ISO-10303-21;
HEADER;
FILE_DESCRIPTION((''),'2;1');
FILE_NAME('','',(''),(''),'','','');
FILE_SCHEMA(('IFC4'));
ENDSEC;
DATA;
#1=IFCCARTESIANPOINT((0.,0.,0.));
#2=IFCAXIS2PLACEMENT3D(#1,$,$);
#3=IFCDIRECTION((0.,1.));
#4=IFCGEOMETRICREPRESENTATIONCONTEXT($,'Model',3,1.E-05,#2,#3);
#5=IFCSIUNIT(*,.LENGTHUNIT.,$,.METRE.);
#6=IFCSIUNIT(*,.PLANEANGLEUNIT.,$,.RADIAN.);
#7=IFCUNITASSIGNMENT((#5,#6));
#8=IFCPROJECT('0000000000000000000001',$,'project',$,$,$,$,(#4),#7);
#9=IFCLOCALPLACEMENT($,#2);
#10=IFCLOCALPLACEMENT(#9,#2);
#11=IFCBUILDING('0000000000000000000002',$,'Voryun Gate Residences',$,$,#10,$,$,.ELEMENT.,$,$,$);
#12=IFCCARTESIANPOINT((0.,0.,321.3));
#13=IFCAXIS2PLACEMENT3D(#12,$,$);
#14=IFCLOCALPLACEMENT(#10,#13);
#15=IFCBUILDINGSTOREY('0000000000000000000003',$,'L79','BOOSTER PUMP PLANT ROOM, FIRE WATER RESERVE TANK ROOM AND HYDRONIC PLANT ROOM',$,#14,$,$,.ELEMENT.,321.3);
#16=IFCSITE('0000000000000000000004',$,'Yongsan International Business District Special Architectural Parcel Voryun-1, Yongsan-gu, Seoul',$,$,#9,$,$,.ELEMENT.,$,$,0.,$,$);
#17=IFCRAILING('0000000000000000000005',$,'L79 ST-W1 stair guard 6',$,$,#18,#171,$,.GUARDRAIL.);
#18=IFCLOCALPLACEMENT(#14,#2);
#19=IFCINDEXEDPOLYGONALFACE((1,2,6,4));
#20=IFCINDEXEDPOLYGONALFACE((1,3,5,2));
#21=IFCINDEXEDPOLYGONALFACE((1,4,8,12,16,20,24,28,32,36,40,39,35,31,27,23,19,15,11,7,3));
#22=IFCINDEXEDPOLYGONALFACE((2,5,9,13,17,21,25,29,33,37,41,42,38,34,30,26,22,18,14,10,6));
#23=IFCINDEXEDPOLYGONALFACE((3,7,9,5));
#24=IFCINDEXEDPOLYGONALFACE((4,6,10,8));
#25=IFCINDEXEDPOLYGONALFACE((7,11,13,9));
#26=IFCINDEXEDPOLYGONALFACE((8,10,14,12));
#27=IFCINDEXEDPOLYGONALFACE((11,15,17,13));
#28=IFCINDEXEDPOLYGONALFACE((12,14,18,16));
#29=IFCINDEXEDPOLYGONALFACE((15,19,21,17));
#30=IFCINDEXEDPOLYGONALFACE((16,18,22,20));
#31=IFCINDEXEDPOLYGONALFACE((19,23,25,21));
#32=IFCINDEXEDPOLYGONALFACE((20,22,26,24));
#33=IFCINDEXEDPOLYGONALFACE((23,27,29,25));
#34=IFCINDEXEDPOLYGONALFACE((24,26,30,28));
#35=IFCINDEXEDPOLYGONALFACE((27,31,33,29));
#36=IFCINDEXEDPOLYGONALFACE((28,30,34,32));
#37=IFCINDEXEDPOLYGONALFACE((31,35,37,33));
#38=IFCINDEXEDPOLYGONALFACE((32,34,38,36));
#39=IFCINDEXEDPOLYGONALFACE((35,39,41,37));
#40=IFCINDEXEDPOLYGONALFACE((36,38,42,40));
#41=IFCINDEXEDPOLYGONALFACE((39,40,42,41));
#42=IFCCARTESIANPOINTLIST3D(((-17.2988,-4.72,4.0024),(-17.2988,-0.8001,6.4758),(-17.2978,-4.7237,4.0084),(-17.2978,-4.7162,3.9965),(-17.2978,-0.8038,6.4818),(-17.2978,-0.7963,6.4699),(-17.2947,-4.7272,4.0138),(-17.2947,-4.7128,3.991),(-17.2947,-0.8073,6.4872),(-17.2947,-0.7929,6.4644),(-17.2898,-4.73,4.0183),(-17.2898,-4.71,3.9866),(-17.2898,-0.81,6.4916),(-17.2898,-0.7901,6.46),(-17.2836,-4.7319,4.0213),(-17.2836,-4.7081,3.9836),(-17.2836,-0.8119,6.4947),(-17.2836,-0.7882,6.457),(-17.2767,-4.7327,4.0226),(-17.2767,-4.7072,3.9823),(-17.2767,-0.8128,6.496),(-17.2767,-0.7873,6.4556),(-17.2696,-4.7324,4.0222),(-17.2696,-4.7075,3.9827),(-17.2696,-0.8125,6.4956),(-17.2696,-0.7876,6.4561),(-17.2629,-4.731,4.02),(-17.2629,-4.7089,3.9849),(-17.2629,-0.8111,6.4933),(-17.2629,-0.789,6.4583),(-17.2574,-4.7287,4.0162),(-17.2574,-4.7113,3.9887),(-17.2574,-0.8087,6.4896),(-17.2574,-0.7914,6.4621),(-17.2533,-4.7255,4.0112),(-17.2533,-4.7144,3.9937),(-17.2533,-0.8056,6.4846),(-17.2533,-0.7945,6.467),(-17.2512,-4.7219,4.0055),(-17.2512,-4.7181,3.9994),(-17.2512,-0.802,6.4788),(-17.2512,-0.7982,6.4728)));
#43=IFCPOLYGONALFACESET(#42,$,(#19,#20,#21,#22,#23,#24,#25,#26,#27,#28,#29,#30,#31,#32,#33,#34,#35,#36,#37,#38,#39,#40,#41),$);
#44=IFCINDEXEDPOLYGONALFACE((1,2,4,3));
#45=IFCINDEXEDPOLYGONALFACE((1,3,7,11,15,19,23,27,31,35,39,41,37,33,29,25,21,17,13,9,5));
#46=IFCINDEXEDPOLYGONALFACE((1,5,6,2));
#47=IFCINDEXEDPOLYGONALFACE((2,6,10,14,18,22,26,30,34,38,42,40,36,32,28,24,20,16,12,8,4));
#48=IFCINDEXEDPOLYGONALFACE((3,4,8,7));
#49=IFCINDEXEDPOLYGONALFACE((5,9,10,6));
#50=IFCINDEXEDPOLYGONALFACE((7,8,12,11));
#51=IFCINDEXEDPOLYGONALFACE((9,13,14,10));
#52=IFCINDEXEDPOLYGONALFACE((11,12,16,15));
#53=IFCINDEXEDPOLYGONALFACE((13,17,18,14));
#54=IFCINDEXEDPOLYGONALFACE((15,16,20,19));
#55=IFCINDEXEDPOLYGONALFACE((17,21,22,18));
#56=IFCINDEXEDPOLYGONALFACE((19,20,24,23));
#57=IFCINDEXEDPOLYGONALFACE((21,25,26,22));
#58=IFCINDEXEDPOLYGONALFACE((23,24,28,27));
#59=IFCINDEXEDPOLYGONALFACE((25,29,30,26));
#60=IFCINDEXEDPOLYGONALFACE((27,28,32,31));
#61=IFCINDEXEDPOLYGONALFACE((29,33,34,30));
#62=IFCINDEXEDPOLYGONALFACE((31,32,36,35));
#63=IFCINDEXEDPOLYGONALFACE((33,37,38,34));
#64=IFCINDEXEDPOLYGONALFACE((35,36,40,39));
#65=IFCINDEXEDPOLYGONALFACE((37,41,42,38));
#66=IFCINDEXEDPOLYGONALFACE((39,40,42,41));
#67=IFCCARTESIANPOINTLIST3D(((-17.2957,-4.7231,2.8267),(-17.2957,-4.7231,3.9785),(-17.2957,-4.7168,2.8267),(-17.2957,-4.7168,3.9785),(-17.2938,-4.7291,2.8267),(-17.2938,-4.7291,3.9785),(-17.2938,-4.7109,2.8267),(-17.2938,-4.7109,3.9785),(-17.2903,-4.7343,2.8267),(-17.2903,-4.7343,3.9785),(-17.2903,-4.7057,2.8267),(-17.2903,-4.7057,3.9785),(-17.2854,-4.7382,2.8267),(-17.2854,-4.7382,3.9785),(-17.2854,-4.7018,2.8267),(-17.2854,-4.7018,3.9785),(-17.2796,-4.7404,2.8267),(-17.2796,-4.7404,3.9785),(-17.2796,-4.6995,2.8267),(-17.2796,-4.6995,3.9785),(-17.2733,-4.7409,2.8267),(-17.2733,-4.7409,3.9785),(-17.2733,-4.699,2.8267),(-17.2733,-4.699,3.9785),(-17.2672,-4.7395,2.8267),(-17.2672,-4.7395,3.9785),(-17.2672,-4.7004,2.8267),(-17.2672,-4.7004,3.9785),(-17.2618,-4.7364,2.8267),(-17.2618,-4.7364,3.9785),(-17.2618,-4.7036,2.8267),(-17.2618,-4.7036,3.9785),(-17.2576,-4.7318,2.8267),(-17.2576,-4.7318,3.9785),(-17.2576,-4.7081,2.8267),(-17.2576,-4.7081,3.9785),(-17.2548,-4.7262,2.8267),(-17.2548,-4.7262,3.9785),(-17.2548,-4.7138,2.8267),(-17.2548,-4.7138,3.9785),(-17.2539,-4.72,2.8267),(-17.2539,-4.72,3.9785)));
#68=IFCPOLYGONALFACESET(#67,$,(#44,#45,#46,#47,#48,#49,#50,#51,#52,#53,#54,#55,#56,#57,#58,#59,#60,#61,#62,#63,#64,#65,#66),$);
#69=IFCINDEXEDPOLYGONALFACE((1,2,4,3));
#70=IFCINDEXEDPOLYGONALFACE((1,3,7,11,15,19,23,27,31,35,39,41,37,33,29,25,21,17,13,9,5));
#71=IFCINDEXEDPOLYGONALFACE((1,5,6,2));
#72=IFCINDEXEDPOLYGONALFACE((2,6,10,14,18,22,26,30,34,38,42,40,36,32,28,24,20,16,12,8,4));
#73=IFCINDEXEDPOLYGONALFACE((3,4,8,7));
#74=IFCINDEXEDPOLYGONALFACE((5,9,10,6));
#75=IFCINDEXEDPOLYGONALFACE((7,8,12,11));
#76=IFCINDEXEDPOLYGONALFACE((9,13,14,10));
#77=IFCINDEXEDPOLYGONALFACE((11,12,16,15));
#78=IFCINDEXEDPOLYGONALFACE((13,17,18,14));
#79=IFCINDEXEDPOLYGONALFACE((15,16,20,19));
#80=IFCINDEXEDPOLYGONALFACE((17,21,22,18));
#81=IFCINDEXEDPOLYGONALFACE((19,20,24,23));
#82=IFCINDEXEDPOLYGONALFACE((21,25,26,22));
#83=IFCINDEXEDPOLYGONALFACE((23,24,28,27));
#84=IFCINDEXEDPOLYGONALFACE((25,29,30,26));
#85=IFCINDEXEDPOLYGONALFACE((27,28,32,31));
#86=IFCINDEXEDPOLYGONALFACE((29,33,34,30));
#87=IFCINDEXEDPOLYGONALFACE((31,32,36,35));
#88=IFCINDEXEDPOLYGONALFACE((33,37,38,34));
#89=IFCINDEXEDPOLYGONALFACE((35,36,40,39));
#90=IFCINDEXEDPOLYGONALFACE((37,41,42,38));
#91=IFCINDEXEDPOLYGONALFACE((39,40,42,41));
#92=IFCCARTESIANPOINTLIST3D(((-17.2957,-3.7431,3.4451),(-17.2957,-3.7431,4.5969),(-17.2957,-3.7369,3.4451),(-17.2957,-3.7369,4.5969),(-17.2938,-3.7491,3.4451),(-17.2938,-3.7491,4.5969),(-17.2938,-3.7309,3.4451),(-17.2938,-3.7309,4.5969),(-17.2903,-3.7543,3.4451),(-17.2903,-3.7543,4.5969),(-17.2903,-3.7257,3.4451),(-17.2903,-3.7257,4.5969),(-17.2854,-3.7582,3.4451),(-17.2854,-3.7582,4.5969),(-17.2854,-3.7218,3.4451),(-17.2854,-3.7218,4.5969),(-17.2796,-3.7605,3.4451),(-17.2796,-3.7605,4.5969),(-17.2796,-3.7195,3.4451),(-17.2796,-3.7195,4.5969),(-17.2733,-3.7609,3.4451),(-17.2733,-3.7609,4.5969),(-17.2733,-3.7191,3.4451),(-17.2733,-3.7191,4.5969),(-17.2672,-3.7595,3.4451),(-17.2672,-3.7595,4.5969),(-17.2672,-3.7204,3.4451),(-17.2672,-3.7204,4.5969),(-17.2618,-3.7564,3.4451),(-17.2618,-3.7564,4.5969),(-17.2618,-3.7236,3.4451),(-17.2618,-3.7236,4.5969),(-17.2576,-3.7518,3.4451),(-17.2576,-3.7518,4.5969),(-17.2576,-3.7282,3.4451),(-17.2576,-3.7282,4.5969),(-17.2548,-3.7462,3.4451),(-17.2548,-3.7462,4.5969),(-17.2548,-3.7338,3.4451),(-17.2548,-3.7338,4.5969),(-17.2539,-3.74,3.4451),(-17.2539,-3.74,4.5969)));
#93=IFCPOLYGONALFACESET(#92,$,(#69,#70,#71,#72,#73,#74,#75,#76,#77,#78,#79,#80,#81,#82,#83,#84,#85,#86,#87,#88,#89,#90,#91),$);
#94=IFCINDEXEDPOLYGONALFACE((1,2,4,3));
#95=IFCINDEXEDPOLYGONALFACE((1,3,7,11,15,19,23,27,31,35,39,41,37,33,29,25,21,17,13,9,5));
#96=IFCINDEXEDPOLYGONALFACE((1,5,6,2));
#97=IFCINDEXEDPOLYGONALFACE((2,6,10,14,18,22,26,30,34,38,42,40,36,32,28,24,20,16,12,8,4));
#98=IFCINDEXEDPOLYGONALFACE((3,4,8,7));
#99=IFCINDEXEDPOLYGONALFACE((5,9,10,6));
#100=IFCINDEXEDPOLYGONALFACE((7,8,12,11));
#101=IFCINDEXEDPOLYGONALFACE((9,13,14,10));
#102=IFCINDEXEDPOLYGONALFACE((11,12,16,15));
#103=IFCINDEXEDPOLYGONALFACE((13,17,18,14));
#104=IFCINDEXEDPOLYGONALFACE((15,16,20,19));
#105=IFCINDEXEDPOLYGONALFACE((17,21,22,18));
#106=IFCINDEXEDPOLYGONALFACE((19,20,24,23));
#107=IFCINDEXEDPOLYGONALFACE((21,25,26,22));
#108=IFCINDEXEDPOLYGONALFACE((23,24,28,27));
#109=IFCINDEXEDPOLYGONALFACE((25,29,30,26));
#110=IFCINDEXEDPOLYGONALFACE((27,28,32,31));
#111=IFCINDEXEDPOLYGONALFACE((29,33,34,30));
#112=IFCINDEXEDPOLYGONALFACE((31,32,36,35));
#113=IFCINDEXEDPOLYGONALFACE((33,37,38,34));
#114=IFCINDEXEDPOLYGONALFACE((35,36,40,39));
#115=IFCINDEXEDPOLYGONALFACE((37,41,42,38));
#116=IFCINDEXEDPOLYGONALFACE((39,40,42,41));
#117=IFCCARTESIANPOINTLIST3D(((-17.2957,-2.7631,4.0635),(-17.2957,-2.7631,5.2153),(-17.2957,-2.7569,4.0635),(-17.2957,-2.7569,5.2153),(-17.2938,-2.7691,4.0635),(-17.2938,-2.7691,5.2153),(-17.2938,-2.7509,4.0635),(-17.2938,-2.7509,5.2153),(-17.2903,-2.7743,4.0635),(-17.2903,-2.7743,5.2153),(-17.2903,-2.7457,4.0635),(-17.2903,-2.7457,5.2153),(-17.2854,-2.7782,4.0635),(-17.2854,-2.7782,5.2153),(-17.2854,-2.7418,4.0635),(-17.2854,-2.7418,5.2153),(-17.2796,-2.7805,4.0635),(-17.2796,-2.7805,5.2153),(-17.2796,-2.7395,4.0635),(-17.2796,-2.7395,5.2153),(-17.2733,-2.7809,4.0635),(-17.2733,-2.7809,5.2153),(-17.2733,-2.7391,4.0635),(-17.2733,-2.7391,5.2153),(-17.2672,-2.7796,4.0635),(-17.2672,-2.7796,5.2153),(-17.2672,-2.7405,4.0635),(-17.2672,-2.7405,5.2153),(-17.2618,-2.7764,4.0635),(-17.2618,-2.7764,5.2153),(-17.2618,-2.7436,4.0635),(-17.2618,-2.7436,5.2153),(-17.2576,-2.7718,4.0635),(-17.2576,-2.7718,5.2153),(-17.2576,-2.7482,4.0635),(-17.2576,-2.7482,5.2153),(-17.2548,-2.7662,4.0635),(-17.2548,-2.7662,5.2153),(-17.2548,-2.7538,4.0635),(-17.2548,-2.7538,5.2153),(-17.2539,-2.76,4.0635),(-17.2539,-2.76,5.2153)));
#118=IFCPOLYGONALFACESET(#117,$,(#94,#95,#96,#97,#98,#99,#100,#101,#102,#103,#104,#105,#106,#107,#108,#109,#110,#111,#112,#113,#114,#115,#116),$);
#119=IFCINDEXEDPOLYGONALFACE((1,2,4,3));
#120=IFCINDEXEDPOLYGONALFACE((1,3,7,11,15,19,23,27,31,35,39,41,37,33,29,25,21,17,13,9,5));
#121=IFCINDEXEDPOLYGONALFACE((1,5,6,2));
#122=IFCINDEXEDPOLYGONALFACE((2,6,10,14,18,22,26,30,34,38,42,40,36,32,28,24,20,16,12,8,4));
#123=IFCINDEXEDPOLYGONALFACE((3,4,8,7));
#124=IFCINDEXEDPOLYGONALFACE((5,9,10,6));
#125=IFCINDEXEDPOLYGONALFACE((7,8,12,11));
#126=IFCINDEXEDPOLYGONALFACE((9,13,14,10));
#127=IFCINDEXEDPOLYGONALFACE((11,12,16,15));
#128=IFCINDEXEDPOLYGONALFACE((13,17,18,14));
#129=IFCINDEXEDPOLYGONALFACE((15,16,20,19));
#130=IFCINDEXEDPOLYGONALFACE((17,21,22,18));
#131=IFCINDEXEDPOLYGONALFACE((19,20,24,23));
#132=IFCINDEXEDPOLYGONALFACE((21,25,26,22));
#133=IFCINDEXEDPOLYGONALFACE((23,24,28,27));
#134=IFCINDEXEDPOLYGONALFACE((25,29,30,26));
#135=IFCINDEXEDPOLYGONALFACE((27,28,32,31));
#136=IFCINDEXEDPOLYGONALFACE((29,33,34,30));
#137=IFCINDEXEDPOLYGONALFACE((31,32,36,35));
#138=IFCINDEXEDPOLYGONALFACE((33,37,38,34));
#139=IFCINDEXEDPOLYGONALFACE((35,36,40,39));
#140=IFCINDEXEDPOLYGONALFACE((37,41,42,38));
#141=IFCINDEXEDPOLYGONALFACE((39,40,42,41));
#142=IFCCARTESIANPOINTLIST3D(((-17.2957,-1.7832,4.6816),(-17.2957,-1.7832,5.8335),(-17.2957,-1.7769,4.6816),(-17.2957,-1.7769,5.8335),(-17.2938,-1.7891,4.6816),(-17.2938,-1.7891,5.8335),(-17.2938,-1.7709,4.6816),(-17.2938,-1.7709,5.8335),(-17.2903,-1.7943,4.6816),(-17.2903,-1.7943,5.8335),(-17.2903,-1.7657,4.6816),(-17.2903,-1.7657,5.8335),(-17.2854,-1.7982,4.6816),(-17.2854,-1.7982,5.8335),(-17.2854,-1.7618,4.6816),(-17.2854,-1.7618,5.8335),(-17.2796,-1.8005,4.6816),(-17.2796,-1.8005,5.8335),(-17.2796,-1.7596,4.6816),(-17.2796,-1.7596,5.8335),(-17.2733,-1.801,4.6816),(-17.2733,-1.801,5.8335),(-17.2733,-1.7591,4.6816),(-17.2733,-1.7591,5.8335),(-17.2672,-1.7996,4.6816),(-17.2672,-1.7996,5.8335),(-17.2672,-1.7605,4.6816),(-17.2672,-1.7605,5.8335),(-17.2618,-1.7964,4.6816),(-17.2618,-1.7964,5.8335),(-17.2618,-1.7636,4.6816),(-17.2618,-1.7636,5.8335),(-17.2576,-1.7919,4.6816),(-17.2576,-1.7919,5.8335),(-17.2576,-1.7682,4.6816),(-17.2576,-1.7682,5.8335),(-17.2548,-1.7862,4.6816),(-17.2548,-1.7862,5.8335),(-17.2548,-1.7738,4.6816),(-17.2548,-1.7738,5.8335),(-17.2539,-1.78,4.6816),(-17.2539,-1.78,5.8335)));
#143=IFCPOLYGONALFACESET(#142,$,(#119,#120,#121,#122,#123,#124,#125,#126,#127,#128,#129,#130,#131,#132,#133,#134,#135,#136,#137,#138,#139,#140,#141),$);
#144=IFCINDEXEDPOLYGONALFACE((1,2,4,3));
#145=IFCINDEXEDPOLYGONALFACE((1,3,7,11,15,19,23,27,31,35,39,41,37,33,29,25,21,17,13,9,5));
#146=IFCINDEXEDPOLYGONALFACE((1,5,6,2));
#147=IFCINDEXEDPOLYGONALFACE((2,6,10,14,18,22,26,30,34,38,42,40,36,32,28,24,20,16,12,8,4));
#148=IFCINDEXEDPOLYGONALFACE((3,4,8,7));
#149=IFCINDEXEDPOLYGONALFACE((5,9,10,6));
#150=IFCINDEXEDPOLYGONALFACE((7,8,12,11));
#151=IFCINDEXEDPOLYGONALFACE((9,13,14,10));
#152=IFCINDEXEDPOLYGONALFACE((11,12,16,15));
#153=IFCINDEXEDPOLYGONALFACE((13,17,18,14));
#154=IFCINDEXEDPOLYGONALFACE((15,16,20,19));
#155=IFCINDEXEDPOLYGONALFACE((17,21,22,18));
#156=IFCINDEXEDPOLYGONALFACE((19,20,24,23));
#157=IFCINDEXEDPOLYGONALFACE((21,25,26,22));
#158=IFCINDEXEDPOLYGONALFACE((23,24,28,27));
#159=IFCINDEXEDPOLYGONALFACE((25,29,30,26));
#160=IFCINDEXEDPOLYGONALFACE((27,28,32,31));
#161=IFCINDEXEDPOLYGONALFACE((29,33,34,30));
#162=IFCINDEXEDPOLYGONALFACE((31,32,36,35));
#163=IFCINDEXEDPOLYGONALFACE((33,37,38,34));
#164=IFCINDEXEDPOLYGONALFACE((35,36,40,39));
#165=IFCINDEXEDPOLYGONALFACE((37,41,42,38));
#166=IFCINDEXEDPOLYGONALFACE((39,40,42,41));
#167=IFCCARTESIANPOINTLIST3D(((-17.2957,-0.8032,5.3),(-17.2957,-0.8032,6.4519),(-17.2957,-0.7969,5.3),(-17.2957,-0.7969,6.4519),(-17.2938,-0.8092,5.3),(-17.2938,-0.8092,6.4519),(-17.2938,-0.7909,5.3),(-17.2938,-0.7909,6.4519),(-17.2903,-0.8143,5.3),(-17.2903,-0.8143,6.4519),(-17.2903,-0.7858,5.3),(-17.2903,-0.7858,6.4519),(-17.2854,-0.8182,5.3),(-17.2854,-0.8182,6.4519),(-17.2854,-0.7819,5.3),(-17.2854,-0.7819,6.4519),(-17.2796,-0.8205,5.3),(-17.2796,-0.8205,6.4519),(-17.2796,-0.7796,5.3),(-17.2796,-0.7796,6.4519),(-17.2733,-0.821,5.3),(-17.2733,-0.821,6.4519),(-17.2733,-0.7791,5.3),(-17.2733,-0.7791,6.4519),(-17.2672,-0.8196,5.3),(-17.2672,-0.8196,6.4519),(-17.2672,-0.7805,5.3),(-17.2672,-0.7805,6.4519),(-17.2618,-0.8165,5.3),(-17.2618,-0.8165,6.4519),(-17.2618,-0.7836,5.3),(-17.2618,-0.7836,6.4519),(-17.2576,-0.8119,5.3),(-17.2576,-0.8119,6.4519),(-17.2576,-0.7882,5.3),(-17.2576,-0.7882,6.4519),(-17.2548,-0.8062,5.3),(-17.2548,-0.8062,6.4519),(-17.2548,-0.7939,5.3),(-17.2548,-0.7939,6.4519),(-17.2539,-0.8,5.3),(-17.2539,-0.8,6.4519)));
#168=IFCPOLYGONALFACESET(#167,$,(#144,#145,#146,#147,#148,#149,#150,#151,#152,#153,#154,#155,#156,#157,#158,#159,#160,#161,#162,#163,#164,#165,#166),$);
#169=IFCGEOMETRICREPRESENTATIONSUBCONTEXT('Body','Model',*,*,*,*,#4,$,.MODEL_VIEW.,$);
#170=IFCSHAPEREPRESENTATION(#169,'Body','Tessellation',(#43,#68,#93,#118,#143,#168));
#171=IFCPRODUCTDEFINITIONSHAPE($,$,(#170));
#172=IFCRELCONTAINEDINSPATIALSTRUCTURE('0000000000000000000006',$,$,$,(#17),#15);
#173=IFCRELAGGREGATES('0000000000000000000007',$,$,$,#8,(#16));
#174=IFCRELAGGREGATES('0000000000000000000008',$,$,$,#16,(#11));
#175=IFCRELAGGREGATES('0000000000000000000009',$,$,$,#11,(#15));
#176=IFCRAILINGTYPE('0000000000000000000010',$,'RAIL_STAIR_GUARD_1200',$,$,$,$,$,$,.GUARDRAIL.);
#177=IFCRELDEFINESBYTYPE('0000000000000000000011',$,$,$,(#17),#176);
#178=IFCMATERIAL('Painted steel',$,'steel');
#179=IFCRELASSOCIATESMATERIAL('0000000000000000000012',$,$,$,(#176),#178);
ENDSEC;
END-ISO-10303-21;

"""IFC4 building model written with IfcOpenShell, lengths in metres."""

from ifc_helpers import new_model, si_unit, direction, frame, origin, origin_2d, place, context, subcontext, project, spatial, circle, extrude, material, type_object, element, save


model = new_model("IFC4")

# Units and contexts
model_context = context("Model", 3, precision=1e-05, world=origin(), true_north=direction((0.0, 1.0)))
body_context = subcontext(model_context, "Body", "Model", "MODEL_VIEW")
ifc_project = project(units=[si_unit("LENGTHUNIT", "METRE"), si_unit("PLANEANGLEUNIT", "RADIAN")], contexts=[model_context])

# Site, building, storey
site_placement = place(None, origin())
site = spatial("IfcSite", under=ifc_project, at=site_placement, Name="Yongsan International Business District Special Architectural Parcel Voryun-1, Yongsan-gu, Seoul", CompositionType="ELEMENT", RefElevation=0.0)
building_placement = place(site_placement, origin())
building = spatial("IfcBuilding", under=site, at=building_placement, Name="Voryun Gate Residences", CompositionType="ELEMENT")
storey_placement = place(building_placement, frame((0.0, 0.0, 321.3)))
storey = spatial("IfcBuildingStorey", under=building, at=storey_placement, Name="L79", Description="BOOSTER PUMP PLANT ROOM, FIRE WATER RESERVE TANK ROOM AND HYDRONIC PLANT ROOM", CompositionType="ELEMENT", Elevation=321.3)

# Railing
ifc_material_1 = material(Name="Painted steel", Category="steel")
railing_type_1 = type_object("IfcRailingType", Name="RAIL_STAIR_GUARD_1200", PredefinedType="GUARDRAIL", material=ifc_material_1)
railing_1_placement = place(storey_placement, frame((-17.2749, -4.72, 2.8267)))
element("IfcRailing", 1, at=railing_1_placement, inside=storey, type_object=railing_type_1, Name="L79 ST-W1 stair guard 6", PredefinedType="GUARDRAIL", context=body_context, shape_type="SweptSolid", body=[
    extrude(circle(Radius=0.0239, at=origin_2d()), frame((0.0, 0.0, 1.1758), z_axis=(0.0, 0.845718, 0.53363), x_axis=(-1.0, 0.0, 0.0)), (0.0, 0.0, 1.0), 4.635),
    extrude(circle(Radius=0.021, at=origin_2d()), origin(), (0.0, 0.0, 1.0), 1.1519),
    extrude(circle(Radius=0.021, at=origin_2d()), frame((0.0, 0.98, 0.6184)), (0.0, 0.0, 1.0), 1.1519),
    extrude(circle(Radius=0.021, at=origin_2d()), frame((0.0, 1.96, 1.2368)), (0.0, 0.0, 1.0), 1.1519),
    extrude(circle(Radius=0.021, at=origin_2d()), frame((0.0, 2.9399, 1.855)), (0.0, 0.0, 1.0), 1.1519),
    extrude(circle(Radius=0.021, at=origin_2d()), frame((0.0, 3.9199, 2.4734)), (0.0, 0.0, 1.0), 1.1519),
])

save(model, "model.ifc")
